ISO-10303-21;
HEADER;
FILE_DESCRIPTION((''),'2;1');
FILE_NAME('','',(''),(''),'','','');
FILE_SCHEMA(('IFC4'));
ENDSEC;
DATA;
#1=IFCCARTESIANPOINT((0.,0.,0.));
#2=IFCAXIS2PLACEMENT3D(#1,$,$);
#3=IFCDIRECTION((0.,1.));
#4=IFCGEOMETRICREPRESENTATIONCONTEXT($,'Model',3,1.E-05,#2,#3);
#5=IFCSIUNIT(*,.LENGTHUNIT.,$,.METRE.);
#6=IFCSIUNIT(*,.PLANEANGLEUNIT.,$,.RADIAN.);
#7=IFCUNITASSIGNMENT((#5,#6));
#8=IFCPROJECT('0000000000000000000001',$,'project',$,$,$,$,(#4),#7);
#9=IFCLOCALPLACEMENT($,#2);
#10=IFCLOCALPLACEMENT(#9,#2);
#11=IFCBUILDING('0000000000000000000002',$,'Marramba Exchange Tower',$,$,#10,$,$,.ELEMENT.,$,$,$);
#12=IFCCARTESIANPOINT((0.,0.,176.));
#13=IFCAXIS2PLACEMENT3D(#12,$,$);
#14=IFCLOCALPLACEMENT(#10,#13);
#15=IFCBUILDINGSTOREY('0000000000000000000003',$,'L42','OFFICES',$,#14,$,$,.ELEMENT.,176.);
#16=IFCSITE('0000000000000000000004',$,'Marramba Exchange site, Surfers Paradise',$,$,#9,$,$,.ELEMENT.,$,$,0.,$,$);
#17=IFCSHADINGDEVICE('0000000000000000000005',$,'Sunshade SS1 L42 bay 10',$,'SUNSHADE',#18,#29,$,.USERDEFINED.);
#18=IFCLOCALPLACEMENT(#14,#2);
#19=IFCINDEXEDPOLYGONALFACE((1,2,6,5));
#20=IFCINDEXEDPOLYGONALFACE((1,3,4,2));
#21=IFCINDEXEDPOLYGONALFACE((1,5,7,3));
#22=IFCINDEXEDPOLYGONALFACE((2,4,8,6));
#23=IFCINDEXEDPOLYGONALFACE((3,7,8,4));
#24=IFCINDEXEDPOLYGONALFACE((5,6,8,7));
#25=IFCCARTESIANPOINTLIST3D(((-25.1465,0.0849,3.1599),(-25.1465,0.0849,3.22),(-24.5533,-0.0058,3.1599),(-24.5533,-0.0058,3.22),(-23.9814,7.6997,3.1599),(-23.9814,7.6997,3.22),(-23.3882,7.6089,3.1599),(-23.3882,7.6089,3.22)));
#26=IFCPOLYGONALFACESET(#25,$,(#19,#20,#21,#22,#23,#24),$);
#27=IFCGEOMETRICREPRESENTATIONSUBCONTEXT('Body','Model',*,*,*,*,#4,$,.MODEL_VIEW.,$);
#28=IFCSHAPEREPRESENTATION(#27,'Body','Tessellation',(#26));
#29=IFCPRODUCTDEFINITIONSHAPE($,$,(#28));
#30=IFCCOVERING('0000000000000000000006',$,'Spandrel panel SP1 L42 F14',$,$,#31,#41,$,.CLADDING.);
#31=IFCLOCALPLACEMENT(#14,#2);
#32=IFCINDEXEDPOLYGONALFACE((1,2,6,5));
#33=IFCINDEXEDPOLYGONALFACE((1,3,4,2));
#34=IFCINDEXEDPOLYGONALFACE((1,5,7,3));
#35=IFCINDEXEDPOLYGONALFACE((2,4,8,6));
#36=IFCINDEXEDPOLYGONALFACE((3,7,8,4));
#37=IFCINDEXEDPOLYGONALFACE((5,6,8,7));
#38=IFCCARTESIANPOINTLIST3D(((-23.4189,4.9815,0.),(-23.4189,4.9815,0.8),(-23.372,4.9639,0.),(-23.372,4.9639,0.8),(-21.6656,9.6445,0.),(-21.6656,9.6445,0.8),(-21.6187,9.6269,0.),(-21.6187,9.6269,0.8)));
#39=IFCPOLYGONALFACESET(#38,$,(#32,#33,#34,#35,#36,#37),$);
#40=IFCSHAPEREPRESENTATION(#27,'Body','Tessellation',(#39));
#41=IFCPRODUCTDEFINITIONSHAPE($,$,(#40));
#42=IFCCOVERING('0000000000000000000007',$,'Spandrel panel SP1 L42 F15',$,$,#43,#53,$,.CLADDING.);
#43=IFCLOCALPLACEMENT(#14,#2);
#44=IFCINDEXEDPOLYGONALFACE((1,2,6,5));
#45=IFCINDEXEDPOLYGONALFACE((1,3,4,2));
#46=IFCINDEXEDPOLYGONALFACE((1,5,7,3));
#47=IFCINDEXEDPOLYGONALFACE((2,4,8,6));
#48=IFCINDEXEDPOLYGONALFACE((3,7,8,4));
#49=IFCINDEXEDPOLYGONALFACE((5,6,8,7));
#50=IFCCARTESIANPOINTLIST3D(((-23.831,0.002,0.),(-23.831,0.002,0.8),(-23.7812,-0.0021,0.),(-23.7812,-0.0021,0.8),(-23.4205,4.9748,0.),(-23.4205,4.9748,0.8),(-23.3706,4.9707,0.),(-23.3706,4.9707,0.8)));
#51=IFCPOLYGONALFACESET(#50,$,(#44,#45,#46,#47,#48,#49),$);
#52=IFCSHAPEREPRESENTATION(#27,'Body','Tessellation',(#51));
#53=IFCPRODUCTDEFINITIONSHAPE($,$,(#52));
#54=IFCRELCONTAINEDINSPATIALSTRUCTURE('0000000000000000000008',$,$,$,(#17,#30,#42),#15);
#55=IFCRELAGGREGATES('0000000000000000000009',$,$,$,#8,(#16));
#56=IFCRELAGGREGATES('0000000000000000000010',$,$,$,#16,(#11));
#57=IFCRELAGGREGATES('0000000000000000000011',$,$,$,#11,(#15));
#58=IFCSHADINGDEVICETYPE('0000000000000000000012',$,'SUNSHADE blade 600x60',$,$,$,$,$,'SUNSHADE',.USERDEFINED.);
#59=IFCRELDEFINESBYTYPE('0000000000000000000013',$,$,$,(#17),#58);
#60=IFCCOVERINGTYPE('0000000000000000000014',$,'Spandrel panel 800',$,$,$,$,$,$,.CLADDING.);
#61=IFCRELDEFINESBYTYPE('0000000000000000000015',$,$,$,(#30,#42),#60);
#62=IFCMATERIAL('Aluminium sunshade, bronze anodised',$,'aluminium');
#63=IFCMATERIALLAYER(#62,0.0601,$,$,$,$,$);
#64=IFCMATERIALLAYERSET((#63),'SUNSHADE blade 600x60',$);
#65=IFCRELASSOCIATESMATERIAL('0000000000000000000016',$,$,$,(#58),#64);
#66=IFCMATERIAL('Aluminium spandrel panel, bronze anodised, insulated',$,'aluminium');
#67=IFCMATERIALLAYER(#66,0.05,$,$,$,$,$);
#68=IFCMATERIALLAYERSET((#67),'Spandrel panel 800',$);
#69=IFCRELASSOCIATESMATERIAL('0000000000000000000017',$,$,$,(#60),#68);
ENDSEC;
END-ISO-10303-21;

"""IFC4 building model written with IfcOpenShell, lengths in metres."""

from ifc_helpers import new_model, si_unit, direction, frame, origin, origin_2d, place, context, subcontext, project, spatial, rectangle, extrude, material, layer, layer_set, type_object, element, save


model = new_model("IFC4")

# Units and contexts
model_context = context("Model", 3, precision=1e-05, world=origin(), true_north=direction((0.0, 1.0)))
body_context = subcontext(model_context, "Body", "Model", "MODEL_VIEW")
ifc_project = project(units=[si_unit("LENGTHUNIT", "METRE"), si_unit("PLANEANGLEUNIT", "RADIAN")], contexts=[model_context])

# Site, building, storey
site_placement = place(None, origin())
site = spatial("IfcSite", under=ifc_project, at=site_placement, Name="Marramba Exchange site, Surfers Paradise", CompositionType="ELEMENT", RefElevation=0.0)
building_placement = place(site_placement, origin())
building = spatial("IfcBuilding", under=site, at=building_placement, Name="Marramba Exchange Tower", CompositionType="ELEMENT")
storey_placement = place(building_placement, frame((0.0, 0.0, 176.0)))
storey = spatial("IfcBuildingStorey", under=building, at=storey_placement, Name="L42", Description="OFFICES", CompositionType="ELEMENT", Elevation=176.0)

# Shading device
ifc_material_1 = material(Name="Aluminium sunshade, bronze anodised", Category="aluminium")
ifc_layer_1 = layer(ifc_material_1, 0.0601)
ifc_layer_set_1 = layer_set([ifc_layer_1], Name="SUNSHADE blade 600x60")
shading_device_type_1 = type_object("IfcShadingDeviceType", Name="SUNSHADE blade 600x60", ElementType="SUNSHADE", PredefinedType="USERDEFINED", material=ifc_layer_set_1)
shading_device_1_placement = place(storey_placement, frame((-24.2673, 3.8469, 3.1599), z_axis=(0.0, 0.0, 1.0), x_axis=(-0.151241, -0.988497, 0.0)))
element("IfcShadingDevice", 1, at=shading_device_1_placement, inside=storey, type_object=shading_device_type_1, Name="Sunshade SS1 L42 bay 10", ObjectType="SUNSHADE", PredefinedType="USERDEFINED", context=body_context, shape_type="SweptSolid", body=[
    extrude(rectangle(XDim=7.7034, YDim=0.6001, at=origin_2d()), origin(), (0.0, 0.0, 1.0), 0.0601),
])

# Coverings
ifc_material_2 = material(Name="Aluminium spandrel panel, bronze anodised, insulated", Category="aluminium")
ifc_layer_2 = layer(ifc_material_2, 0.05)
ifc_layer_set_2 = layer_set([ifc_layer_2], Name="Spandrel panel 800")
covering_type = type_object("IfcCoveringType", Name="Spandrel panel 800", PredefinedType="CLADDING", material=ifc_layer_set_2)
covering_1_placement = place(storey_placement, frame((-22.5188, 7.3042, 0.0), z_axis=(0.0, 0.0, 1.0), x_axis=(-0.351952, -0.936018, 0.0)))
element("IfcCovering", 2, at=covering_1_placement, inside=storey, type_object=covering_type, Name="Spandrel panel SP1 L42 F14", PredefinedType="CLADDING", context=body_context, shape_type="SweptSolid", body=[
    extrude(rectangle(XDim=4.9817, YDim=0.05, at=origin_2d()), origin(), (0.0, 0.0, 1.0), 0.8),
])
covering_2_placement = place(storey_placement, frame((-23.6008, 2.4863, 0.0), z_axis=(0.0, 0.0, 1.0), x_axis=(-0.082281, -0.996609, 0.0)))
element("IfcCovering", 3, at=covering_2_placement, inside=storey, type_object=covering_type, Name="Spandrel panel SP1 L42 F15", PredefinedType="CLADDING", context=body_context, shape_type="SweptSolid", body=[
    extrude(rectangle(XDim=4.9897, YDim=0.05, at=origin_2d()), origin(), (0.0, 0.0, 1.0), 0.8),
])

save(model, "model.ifc")
